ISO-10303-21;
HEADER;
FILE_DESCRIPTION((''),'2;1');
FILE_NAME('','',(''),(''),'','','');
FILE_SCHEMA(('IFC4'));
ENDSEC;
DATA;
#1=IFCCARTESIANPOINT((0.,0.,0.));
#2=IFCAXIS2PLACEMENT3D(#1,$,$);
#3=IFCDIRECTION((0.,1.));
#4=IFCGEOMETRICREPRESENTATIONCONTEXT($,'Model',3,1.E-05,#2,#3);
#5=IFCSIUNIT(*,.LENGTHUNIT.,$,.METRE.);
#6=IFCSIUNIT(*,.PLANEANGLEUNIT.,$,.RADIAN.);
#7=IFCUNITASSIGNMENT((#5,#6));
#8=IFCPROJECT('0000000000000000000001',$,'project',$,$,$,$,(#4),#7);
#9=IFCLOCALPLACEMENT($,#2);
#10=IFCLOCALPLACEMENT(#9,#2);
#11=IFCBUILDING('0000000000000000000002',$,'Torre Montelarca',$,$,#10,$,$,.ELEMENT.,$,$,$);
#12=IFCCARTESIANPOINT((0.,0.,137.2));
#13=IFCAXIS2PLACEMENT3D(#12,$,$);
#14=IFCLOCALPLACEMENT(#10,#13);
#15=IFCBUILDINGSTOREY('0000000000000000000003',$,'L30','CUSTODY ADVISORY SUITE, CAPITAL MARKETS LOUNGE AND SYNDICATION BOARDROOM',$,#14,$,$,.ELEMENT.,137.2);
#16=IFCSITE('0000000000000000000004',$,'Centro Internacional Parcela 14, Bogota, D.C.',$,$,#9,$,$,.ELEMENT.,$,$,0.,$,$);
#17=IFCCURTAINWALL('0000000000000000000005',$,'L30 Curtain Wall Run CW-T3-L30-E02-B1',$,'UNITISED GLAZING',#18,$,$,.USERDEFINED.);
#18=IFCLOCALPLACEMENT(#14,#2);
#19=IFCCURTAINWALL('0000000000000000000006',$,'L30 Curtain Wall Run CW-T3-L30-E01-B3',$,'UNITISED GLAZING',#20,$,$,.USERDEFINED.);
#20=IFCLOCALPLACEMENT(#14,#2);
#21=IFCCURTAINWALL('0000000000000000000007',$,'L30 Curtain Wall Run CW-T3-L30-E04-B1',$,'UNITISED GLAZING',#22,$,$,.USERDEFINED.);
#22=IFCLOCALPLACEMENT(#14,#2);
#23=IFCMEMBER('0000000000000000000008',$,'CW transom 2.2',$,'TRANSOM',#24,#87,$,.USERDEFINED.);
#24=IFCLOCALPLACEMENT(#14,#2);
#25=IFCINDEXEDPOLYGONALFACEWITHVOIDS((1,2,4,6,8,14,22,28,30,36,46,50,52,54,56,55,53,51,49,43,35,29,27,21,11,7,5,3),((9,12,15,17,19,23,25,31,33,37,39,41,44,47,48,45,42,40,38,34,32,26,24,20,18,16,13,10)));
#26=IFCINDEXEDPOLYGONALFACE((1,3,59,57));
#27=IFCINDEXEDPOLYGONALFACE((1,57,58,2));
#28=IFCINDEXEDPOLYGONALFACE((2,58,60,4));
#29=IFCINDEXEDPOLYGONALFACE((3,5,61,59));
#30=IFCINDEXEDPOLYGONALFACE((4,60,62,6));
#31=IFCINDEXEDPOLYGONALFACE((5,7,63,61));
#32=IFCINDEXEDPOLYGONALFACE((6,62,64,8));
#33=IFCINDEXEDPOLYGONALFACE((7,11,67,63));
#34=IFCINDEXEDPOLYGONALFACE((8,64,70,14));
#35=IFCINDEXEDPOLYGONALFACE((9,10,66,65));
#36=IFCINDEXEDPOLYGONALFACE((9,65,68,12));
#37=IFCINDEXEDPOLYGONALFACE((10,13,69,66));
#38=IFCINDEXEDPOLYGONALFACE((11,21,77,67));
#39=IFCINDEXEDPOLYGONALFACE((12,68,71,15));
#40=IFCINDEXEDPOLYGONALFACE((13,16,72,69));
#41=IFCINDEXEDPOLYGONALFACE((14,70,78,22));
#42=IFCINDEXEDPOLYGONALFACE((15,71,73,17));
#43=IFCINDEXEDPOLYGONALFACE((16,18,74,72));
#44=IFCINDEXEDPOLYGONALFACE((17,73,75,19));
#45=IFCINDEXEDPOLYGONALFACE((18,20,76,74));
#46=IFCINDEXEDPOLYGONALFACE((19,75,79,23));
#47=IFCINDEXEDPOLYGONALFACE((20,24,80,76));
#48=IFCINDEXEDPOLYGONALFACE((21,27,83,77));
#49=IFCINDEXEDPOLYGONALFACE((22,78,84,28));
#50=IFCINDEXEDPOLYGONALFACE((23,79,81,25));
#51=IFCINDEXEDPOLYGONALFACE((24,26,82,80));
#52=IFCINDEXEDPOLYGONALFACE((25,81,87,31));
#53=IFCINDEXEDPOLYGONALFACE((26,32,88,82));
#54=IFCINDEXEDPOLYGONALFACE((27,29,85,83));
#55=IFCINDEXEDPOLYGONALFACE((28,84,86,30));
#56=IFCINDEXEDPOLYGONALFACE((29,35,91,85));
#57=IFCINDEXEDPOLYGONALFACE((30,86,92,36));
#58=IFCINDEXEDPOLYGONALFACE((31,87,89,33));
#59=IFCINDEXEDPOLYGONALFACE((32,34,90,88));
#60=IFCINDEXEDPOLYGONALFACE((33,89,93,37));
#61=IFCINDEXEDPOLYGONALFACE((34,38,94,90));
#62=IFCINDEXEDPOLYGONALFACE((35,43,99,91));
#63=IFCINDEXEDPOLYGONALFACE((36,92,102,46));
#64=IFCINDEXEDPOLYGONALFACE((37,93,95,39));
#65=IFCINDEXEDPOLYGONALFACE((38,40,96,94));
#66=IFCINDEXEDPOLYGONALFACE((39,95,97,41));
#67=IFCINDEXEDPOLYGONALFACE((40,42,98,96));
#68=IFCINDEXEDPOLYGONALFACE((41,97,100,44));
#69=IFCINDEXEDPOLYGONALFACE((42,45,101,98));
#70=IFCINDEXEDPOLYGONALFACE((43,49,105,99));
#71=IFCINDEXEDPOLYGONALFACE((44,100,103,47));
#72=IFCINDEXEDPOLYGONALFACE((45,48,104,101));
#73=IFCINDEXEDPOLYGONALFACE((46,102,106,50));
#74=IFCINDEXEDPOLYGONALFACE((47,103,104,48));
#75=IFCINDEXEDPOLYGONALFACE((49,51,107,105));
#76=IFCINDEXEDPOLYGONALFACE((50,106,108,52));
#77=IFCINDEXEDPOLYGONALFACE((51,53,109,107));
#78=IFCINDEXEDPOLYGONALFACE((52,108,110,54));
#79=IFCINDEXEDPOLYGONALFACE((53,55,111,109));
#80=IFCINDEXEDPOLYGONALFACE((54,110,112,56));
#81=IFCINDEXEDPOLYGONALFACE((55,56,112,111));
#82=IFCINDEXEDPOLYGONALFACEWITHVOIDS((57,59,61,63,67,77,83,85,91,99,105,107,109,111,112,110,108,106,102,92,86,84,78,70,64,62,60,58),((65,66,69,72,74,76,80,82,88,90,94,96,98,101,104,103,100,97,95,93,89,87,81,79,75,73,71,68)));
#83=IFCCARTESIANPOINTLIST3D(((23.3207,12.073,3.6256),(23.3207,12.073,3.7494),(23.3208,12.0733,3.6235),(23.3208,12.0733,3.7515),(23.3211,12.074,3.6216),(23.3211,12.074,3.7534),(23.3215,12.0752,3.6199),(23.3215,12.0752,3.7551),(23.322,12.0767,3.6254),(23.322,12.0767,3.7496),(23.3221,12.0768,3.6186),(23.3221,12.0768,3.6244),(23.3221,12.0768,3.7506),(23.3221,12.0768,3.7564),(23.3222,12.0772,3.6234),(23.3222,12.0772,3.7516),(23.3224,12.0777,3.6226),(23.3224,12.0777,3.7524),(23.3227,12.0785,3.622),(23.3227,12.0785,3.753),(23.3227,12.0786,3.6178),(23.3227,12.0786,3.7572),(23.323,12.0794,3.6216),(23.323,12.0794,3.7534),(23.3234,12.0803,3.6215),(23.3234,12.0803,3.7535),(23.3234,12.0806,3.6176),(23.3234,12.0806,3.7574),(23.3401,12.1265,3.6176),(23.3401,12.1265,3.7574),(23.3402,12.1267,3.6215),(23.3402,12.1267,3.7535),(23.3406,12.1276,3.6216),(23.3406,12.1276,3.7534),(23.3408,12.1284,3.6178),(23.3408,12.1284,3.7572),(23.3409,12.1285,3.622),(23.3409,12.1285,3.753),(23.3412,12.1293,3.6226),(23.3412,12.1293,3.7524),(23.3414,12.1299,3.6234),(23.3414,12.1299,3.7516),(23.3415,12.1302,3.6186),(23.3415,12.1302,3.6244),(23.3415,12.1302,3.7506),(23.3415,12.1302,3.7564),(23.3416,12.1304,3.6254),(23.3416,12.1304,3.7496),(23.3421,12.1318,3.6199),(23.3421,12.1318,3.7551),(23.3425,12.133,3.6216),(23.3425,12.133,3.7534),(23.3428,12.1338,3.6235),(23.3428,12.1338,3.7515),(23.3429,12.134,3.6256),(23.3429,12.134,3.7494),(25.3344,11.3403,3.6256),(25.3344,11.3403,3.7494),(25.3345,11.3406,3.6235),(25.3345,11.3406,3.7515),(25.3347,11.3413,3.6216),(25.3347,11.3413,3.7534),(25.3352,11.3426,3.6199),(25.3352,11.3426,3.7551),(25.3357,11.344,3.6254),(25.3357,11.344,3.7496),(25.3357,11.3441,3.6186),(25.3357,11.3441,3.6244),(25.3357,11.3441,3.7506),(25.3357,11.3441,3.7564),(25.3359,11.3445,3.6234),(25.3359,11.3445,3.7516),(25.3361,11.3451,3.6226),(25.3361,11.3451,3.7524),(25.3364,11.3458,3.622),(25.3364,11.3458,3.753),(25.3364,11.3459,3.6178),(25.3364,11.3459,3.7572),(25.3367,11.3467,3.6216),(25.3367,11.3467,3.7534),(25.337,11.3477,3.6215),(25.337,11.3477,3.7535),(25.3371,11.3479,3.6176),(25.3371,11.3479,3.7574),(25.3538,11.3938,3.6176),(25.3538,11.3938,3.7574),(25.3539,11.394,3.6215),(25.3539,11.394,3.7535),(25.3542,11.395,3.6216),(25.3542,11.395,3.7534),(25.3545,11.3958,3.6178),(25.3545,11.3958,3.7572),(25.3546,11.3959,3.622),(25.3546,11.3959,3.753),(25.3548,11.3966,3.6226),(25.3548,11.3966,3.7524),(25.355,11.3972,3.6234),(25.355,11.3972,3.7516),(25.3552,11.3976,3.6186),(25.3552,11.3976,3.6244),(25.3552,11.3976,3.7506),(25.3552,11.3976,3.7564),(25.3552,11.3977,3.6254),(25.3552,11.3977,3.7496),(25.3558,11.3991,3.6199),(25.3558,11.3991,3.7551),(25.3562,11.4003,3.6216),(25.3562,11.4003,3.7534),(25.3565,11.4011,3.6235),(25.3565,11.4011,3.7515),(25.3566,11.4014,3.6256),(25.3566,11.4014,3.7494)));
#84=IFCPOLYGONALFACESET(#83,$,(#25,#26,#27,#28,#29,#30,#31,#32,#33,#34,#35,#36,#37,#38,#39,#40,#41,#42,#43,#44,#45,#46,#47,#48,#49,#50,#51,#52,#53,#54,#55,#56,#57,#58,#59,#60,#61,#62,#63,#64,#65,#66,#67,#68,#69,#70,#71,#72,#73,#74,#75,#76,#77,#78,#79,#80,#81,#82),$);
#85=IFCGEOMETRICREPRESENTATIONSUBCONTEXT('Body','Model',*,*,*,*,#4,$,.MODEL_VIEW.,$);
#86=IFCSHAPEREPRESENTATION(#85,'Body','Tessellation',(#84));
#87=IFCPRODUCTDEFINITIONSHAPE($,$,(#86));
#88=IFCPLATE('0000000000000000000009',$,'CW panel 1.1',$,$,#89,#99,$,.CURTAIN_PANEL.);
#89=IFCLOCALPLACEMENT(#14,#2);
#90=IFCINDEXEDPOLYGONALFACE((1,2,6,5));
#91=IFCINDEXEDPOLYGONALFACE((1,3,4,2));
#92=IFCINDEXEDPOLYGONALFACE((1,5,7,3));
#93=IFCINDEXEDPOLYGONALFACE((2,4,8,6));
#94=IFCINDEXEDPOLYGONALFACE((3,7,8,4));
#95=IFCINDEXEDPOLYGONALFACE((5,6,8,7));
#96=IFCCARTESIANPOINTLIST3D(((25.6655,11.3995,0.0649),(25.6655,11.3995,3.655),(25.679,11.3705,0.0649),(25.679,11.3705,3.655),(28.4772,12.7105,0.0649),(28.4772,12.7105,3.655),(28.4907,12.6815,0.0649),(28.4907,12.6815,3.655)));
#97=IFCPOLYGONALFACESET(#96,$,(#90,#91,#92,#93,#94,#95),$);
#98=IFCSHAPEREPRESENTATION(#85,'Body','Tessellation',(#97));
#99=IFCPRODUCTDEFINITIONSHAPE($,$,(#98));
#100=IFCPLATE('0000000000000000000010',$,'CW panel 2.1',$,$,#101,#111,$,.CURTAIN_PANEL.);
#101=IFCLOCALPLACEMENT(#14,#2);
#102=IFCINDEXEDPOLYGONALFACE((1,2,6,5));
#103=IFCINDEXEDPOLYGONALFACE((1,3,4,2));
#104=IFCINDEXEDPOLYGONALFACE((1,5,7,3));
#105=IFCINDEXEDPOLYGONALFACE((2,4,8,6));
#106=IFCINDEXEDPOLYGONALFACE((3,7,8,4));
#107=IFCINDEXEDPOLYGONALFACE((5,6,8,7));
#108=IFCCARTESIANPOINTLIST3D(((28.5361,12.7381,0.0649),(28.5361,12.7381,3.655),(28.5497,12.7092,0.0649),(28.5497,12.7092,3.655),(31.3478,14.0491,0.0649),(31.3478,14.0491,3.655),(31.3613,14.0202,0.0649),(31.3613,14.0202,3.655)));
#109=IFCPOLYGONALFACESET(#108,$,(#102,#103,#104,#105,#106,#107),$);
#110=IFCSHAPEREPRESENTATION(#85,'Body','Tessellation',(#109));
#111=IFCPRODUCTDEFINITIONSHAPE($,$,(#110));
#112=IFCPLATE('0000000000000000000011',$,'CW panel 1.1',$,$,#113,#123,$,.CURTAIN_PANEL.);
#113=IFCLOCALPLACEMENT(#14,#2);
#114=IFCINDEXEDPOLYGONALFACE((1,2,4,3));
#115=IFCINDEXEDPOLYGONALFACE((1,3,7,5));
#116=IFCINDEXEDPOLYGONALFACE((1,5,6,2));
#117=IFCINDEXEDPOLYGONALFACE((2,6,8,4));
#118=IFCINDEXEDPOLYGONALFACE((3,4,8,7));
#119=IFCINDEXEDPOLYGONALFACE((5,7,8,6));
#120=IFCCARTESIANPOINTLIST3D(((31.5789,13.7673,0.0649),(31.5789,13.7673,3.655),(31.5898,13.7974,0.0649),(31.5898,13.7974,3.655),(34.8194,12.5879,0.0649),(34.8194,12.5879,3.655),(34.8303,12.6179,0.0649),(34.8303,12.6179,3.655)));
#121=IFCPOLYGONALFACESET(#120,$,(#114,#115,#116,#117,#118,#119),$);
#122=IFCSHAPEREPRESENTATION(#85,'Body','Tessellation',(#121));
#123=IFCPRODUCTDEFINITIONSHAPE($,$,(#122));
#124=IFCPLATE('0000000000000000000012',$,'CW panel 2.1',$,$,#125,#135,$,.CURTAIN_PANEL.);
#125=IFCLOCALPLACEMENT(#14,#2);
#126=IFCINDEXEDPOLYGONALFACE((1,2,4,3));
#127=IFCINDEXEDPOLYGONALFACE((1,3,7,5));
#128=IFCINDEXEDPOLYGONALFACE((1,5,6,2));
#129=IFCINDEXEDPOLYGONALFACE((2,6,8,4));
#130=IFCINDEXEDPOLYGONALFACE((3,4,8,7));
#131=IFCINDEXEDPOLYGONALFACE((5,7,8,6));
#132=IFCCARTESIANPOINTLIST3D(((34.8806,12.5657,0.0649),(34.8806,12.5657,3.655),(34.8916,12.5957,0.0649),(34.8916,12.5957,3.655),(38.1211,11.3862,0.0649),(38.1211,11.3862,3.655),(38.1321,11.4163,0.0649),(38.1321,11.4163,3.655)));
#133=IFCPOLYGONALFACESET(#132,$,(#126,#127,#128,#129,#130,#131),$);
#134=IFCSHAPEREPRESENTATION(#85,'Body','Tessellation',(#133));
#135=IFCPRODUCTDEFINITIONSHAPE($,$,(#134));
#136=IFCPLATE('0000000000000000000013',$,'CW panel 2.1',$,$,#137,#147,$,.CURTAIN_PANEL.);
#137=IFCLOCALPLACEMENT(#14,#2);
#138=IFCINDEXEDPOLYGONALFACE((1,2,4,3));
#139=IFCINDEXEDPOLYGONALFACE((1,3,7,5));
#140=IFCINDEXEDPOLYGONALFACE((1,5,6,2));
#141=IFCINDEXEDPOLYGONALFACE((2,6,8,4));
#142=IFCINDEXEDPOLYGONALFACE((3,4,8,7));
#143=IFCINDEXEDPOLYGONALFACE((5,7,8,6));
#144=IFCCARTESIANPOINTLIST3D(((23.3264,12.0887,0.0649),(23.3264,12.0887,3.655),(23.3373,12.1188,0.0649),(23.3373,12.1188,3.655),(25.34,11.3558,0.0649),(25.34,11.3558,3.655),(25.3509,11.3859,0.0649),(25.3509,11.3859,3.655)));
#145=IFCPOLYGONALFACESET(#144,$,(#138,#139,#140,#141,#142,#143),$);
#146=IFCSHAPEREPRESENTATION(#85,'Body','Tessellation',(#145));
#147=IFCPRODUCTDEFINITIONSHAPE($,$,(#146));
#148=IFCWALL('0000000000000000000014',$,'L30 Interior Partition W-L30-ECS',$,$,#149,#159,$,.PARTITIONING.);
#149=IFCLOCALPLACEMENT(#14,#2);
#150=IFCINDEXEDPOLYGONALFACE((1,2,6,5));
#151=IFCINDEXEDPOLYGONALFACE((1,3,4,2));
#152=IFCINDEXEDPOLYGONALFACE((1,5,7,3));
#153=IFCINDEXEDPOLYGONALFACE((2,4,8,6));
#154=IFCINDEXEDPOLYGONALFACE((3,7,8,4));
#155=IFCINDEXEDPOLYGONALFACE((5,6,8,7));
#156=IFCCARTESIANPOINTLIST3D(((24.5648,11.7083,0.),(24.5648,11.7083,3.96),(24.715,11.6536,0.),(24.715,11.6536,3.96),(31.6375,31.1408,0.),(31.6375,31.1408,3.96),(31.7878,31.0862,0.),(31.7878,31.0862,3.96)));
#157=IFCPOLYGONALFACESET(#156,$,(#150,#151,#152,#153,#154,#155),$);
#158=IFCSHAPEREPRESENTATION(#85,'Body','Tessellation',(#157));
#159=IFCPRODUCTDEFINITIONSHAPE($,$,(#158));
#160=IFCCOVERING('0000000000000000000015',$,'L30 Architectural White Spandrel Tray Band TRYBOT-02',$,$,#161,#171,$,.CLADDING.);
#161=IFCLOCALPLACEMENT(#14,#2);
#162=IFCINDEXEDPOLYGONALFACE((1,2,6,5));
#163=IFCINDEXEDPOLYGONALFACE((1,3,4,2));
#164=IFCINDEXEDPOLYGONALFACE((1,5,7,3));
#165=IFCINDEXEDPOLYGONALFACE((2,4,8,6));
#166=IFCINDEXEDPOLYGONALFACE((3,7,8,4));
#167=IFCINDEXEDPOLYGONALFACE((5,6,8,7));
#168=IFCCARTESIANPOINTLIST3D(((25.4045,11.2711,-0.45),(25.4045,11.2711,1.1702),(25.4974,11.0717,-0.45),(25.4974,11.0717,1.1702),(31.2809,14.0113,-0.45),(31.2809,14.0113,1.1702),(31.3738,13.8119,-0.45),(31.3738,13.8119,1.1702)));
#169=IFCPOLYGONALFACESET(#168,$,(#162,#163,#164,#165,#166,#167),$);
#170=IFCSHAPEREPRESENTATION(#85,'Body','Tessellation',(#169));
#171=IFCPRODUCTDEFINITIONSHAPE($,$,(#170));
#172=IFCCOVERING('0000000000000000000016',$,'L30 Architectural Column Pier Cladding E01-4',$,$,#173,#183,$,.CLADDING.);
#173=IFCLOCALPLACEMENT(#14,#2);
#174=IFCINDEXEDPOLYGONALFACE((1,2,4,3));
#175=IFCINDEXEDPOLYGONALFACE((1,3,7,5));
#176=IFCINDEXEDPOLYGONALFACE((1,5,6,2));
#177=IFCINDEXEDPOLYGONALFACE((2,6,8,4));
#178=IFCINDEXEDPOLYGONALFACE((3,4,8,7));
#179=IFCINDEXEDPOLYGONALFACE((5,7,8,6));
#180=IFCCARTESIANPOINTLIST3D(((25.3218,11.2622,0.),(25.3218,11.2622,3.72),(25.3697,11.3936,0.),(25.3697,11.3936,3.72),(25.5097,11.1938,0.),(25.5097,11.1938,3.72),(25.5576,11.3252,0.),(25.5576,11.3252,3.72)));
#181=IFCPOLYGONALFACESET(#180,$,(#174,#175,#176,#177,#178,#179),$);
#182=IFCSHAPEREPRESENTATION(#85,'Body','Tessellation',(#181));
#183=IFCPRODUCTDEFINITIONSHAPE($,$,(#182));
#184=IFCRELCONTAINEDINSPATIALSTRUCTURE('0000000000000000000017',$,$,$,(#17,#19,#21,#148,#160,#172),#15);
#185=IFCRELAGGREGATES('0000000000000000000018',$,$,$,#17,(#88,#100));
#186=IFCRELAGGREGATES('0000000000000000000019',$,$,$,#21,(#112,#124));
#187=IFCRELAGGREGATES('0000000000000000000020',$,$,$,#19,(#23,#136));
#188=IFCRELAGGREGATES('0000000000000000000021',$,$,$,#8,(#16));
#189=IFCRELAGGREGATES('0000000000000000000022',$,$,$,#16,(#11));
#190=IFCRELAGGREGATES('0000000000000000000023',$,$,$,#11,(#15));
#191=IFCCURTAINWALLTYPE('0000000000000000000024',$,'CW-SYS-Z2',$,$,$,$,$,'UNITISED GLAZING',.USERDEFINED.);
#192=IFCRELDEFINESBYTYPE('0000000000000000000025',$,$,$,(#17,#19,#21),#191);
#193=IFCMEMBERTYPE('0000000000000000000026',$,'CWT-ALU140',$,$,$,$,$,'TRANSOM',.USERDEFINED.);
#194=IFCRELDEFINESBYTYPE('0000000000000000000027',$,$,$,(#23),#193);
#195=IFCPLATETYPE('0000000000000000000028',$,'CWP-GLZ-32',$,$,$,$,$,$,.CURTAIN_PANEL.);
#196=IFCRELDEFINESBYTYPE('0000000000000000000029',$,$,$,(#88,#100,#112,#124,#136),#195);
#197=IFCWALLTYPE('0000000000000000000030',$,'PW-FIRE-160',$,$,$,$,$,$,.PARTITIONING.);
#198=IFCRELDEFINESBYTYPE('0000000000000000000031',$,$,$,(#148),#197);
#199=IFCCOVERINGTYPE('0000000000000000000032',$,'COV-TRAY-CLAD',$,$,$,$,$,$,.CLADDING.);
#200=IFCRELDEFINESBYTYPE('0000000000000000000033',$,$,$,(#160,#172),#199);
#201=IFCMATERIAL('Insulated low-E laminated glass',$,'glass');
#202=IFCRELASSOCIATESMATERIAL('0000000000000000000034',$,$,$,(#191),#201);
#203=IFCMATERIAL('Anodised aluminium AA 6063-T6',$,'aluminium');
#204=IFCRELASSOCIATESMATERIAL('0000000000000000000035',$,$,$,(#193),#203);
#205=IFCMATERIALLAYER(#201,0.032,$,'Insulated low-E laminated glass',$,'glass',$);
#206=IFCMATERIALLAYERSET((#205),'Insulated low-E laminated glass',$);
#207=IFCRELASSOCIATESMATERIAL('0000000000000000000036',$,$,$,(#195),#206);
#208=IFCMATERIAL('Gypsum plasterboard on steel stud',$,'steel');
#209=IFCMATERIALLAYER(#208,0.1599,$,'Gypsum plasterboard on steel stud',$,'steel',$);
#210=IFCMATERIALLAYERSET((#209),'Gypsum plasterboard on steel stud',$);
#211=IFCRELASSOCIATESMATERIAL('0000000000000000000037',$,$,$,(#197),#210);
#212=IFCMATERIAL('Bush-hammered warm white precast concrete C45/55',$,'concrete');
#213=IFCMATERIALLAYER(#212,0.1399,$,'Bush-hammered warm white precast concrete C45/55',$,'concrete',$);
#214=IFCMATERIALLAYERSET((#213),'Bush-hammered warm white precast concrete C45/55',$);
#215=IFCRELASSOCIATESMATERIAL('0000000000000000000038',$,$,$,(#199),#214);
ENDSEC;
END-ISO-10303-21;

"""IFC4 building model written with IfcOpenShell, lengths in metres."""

from ifc_helpers import new_model, si_unit, direction, frame, frame_2d, origin, origin_2d, place, context, subcontext, project, spatial, rectangle, hollow_rectangle, extrude, source, transform, mapped, material, layer, layer_set, material_profile, profile_set, type_object, element, aggregate, save


model = new_model("IFC4")

# Units and contexts
model_context = context("Model", 3, precision=1e-05, world=origin(), true_north=direction((0.0, 1.0)))
body_context = subcontext(model_context, "Body", "Model", "MODEL_VIEW")
ifc_project = project(units=[si_unit("LENGTHUNIT", "METRE"), si_unit("PLANEANGLEUNIT", "RADIAN")], contexts=[model_context])

# Site, building, storey
site_placement = place(None, origin())
site = spatial("IfcSite", under=ifc_project, at=site_placement, Name="Centro Internacional Parcela 14, Bogota, D.C.", CompositionType="ELEMENT", RefElevation=0.0)
building_placement = place(site_placement, origin())
building = spatial("IfcBuilding", under=site, at=building_placement, Name="Torre Montelarca", CompositionType="ELEMENT")
storey_placement = place(building_placement, frame((0.0, 0.0, 137.2)))
storey = spatial("IfcBuildingStorey", under=building, at=storey_placement, Name="L30", Description="CUSTODY ADVISORY SUITE, CAPITAL MARKETS LOUNGE AND SYNDICATION BOARDROOM", CompositionType="ELEMENT", Elevation=137.2)

# Curtain wall
ifc_material_1 = material(Name="Insulated low-E laminated glass", Category="glass")
curtain_wall_type = type_object("IfcCurtainWallType", Name="CW-SYS-Z2", ElementType="UNITISED GLAZING", PredefinedType="USERDEFINED", material=ifc_material_1)
curtain_wall_1_placement = place(storey_placement, origin())
curtain_wall_1 = element("IfcCurtainWall", 1, at=curtain_wall_1_placement, inside=storey, type_object=curtain_wall_type, Name="L30 Curtain Wall Run CW-T3-L30-E02-B1", ObjectType="UNITISED GLAZING", PredefinedType="USERDEFINED")
ifc_material_2 = material(Name="Anodised aluminium AA 6063-T6", Category="aluminium")
ifc_material_profile_1 = material_profile(ifc_material_2, hollow_rectangle(XDim=0.0649, YDim=0.1399, WallThickness=0.0039, InnerFilletRadius=0.0039, OuterFilletRadius=0.0081, at=origin_2d()), Name="ALU65X140X4", Category="aluminium")
ifc_profile_set_1 = profile_set([ifc_material_profile_1], Name="Anodised aluminium AA 6063-T6")
member_type_1 = type_object("IfcMemberType", Name="CWT-ALU140", ElementType="TRANSOM", PredefinedType="USERDEFINED", material=ifc_profile_set_1)

# Curtain wall
curtain_wall_2_placement = place(storey_placement, origin())
curtain_wall_2 = element("IfcCurtainWall", 2, at=curtain_wall_2_placement, inside=storey, type_object=curtain_wall_type, Name="L30 Curtain Wall Run CW-T3-L30-E01-B3", ObjectType="UNITISED GLAZING", PredefinedType="USERDEFINED")

# Curtain wall
curtain_wall_3_placement = place(storey_placement, origin())
curtain_wall_3 = element("IfcCurtainWall", 3, at=curtain_wall_3_placement, inside=storey, type_object=curtain_wall_type, Name="L30 Curtain Wall Run CW-T3-L30-E04-B1", ObjectType="UNITISED GLAZING", PredefinedType="USERDEFINED")

# Member
shared_shape_1 = source(origin(), body_context, "Body", "SweptSolid", [
    extrude(hollow_rectangle(XDim=0.0649, YDim=0.1399, WallThickness=0.0039, InnerFilletRadius=0.0039, OuterFilletRadius=0.0081, at=origin_2d()), origin(), (0.0, 0.0, 1.0), 2.1428),
])
member_1_placement = place(storey_placement, frame((23.3318, 12.1035, 3.6875), z_axis=(0.93973, -0.341917, 0.0), x_axis=(0.341917, 0.93973, 0.0)))
member_1 = element("IfcMember", 4, at=member_1_placement, type_object=member_type_1, Name="CW transom 2.2", ObjectType="TRANSOM", PredefinedType="USERDEFINED", context=body_context, shape_type="MappedRepresentation", body=[
    mapped(shared_shape_1, transform((0.0, 0.0, 0.0), scale=1.0)),
])

# Plates
ifc_layer_1 = layer(ifc_material_1, 0.032, Name="Insulated low-E laminated glass", Category="glass")
ifc_layer_set_1 = layer_set([ifc_layer_1], Name="Insulated low-E laminated glass")
plate_type = type_object("IfcPlateType", Name="CWP-GLZ-32", PredefinedType="CURTAIN_PANEL", material=ifc_layer_set_1)
shared_shape_2 = source(origin(), body_context, "Body", "SweptSolid", [
    extrude(rectangle(XDim=3.1023, YDim=0.032, at=origin_2d()), origin(), (0.0, 0.0, 1.0), 3.5901),
])
plate_1_placement = place(storey_placement, frame((27.0781, 12.0405, 0.0649), z_axis=(0.0, 0.0, 1.0), x_axis=(0.906321, 0.422589, 0.0)))
plate_1 = element("IfcPlate", 5, at=plate_1_placement, type_object=plate_type, Name="CW panel 1.1", PredefinedType="CURTAIN_PANEL", context=body_context, shape_type="MappedRepresentation", body=[
    mapped(shared_shape_2, transform((0.0, 0.0, 0.0), scale=1.0)),
])
plate_2_placement = place(storey_placement, frame((29.9487, 13.3792, 0.0649), z_axis=(0.0, 0.0, 1.0), x_axis=(0.906321, 0.422589, 0.0)))
plate_2 = element("IfcPlate", 6, at=plate_2_placement, type_object=plate_type, Name="CW panel 2.1", PredefinedType="CURTAIN_PANEL", context=body_context, shape_type="MappedRepresentation", body=[
    mapped(shared_shape_2, transform((0.0, 0.0, 0.0), scale=1.0)),
])
aggregate(curtain_wall_1, [plate_1, plate_2])
shared_shape_3 = source(origin(), body_context, "Body", "SweptSolid", [
    extrude(rectangle(XDim=3.4485, YDim=0.032, at=origin_2d()), origin(), (0.0, 0.0, 1.0), 3.5901),
])
plate_3_placement = place(storey_placement, frame((33.2046, 13.1926, 0.0649), z_axis=(0.0, 0.0, 1.0), x_axis=(0.939695, -0.342015, 0.0)))
plate_3 = element("IfcPlate", 7, at=plate_3_placement, type_object=plate_type, Name="CW panel 1.1", PredefinedType="CURTAIN_PANEL", context=body_context, shape_type="MappedRepresentation", body=[
    mapped(shared_shape_3, transform((0.0, 0.0, 0.0), scale=1.0)),
])
plate_4_placement = place(storey_placement, frame((36.5063, 11.991, 0.0649), z_axis=(0.0, 0.0, 1.0), x_axis=(0.939695, -0.342015, 0.0)))
plate_4 = element("IfcPlate", 8, at=plate_4_placement, type_object=plate_type, Name="CW panel 2.1", PredefinedType="CURTAIN_PANEL", context=body_context, shape_type="MappedRepresentation", body=[
    mapped(shared_shape_3, transform((0.0, 0.0, 0.0), scale=1.0)),
])
aggregate(curtain_wall_3, [plate_3, plate_4])
shared_shape_4 = source(origin(), body_context, "Body", "SweptSolid", [
    extrude(rectangle(XDim=2.1428, YDim=0.032, at=origin_2d()), origin(), (0.0, 0.0, 1.0), 3.5901),
])
plate_5_placement = place(storey_placement, frame((24.3386, 11.7373, 0.0649), z_axis=(0.0, 0.0, 1.0), x_axis=(0.939692, -0.342021, 0.0)))
plate_5 = element("IfcPlate", 9, at=plate_5_placement, type_object=plate_type, Name="CW panel 2.1", PredefinedType="CURTAIN_PANEL", context=body_context, shape_type="MappedRepresentation", body=[
    mapped(shared_shape_4, transform((0.0, 0.0, 0.0), scale=1.0)),
])
aggregate(curtain_wall_2, [member_1, plate_5])

# Wall
ifc_material_3 = material(Name="Gypsum plasterboard on steel stud", Category="steel")
ifc_layer_2 = layer(ifc_material_3, 0.1599, Name="Gypsum plasterboard on steel stud", Category="steel")
ifc_layer_set_2 = layer_set([ifc_layer_2], Name="Gypsum plasterboard on steel stud")
wall_type = type_object("IfcWallType", Name="PW-FIRE-160", PredefinedType="PARTITIONING", material=ifc_layer_set_2)
wall_placement = place(storey_placement, frame((24.6399, 11.6809, 0.0), z_axis=(0.0, 0.0, 1.0), x_axis=(0.342014, 0.939695, 0.0)))
element("IfcWall", 10, at=wall_placement, inside=storey, type_object=wall_type, Name="L30 Interior Partition W-L30-ECS", PredefinedType="PARTITIONING", context=body_context, shape_type="SweptSolid", body=[
    extrude(rectangle(XDim=20.6797, YDim=0.1599, at=frame_2d((10.3398, 0.0))), origin(), (0.0, 0.0, 1.0), 3.96),
])

# Coverings
ifc_material_4 = material(Name="Bush-hammered warm white precast concrete C45/55", Category="concrete")
ifc_layer_3 = layer(ifc_material_4, 0.1399, Name="Bush-hammered warm white precast concrete C45/55", Category="concrete")
ifc_layer_set_3 = layer_set([ifc_layer_3], Name="Bush-hammered warm white precast concrete C45/55")
covering_type = type_object("IfcCoveringType", Name="COV-TRAY-CLAD", PredefinedType="CLADDING", material=ifc_layer_set_3)
shared_shape_5 = source(origin(), body_context, "Body", "SweptSolid", [
    extrude(rectangle(XDim=6.4839, YDim=0.22, at=origin_2d()), origin(), (0.0, 0.0, 1.0), 1.6201),
])
covering_1_placement = place(storey_placement, frame((28.3892, 12.5415, -0.45), z_axis=(0.0, 0.0, 1.0), x_axis=(0.906309, 0.422615, 0.0)))
element("IfcCovering", 11, at=covering_1_placement, inside=storey, type_object=covering_type, Name="L30 Architectural White Spandrel Tray Band TRYBOT-02", PredefinedType="CLADDING", context=body_context, shape_type="MappedRepresentation", body=[
    mapped(shared_shape_5, transform((0.0, 0.0, 0.0), scale=1.0)),
])
shared_shape_6 = source(origin(), body_context, "Body", "SweptSolid", [
    extrude(rectangle(XDim=0.2, YDim=0.1399, at=origin_2d()), origin(), (0.0, 0.0, 1.0), 3.72),
])
for number, where, z_axis, x_axis, name in (
    (12, (25.4397, 11.2937, 0.0), (0.0, 0.0, 1.0), (0.939694, -0.342017, 0.0), "L30 Architectural Column Pier Cladding E01-4"),
):
    element("IfcCovering", number, at=place(storey_placement, frame(where, z_axis=z_axis, x_axis=x_axis)), inside=storey, type_object=covering_type, Name=name, PredefinedType="CLADDING", context=body_context, shape_type="MappedRepresentation", body=[
        mapped(shared_shape_6, transform((0.0, 0.0, 0.0), scale=1.0)),
    ])

save(model, "model.ifc")
